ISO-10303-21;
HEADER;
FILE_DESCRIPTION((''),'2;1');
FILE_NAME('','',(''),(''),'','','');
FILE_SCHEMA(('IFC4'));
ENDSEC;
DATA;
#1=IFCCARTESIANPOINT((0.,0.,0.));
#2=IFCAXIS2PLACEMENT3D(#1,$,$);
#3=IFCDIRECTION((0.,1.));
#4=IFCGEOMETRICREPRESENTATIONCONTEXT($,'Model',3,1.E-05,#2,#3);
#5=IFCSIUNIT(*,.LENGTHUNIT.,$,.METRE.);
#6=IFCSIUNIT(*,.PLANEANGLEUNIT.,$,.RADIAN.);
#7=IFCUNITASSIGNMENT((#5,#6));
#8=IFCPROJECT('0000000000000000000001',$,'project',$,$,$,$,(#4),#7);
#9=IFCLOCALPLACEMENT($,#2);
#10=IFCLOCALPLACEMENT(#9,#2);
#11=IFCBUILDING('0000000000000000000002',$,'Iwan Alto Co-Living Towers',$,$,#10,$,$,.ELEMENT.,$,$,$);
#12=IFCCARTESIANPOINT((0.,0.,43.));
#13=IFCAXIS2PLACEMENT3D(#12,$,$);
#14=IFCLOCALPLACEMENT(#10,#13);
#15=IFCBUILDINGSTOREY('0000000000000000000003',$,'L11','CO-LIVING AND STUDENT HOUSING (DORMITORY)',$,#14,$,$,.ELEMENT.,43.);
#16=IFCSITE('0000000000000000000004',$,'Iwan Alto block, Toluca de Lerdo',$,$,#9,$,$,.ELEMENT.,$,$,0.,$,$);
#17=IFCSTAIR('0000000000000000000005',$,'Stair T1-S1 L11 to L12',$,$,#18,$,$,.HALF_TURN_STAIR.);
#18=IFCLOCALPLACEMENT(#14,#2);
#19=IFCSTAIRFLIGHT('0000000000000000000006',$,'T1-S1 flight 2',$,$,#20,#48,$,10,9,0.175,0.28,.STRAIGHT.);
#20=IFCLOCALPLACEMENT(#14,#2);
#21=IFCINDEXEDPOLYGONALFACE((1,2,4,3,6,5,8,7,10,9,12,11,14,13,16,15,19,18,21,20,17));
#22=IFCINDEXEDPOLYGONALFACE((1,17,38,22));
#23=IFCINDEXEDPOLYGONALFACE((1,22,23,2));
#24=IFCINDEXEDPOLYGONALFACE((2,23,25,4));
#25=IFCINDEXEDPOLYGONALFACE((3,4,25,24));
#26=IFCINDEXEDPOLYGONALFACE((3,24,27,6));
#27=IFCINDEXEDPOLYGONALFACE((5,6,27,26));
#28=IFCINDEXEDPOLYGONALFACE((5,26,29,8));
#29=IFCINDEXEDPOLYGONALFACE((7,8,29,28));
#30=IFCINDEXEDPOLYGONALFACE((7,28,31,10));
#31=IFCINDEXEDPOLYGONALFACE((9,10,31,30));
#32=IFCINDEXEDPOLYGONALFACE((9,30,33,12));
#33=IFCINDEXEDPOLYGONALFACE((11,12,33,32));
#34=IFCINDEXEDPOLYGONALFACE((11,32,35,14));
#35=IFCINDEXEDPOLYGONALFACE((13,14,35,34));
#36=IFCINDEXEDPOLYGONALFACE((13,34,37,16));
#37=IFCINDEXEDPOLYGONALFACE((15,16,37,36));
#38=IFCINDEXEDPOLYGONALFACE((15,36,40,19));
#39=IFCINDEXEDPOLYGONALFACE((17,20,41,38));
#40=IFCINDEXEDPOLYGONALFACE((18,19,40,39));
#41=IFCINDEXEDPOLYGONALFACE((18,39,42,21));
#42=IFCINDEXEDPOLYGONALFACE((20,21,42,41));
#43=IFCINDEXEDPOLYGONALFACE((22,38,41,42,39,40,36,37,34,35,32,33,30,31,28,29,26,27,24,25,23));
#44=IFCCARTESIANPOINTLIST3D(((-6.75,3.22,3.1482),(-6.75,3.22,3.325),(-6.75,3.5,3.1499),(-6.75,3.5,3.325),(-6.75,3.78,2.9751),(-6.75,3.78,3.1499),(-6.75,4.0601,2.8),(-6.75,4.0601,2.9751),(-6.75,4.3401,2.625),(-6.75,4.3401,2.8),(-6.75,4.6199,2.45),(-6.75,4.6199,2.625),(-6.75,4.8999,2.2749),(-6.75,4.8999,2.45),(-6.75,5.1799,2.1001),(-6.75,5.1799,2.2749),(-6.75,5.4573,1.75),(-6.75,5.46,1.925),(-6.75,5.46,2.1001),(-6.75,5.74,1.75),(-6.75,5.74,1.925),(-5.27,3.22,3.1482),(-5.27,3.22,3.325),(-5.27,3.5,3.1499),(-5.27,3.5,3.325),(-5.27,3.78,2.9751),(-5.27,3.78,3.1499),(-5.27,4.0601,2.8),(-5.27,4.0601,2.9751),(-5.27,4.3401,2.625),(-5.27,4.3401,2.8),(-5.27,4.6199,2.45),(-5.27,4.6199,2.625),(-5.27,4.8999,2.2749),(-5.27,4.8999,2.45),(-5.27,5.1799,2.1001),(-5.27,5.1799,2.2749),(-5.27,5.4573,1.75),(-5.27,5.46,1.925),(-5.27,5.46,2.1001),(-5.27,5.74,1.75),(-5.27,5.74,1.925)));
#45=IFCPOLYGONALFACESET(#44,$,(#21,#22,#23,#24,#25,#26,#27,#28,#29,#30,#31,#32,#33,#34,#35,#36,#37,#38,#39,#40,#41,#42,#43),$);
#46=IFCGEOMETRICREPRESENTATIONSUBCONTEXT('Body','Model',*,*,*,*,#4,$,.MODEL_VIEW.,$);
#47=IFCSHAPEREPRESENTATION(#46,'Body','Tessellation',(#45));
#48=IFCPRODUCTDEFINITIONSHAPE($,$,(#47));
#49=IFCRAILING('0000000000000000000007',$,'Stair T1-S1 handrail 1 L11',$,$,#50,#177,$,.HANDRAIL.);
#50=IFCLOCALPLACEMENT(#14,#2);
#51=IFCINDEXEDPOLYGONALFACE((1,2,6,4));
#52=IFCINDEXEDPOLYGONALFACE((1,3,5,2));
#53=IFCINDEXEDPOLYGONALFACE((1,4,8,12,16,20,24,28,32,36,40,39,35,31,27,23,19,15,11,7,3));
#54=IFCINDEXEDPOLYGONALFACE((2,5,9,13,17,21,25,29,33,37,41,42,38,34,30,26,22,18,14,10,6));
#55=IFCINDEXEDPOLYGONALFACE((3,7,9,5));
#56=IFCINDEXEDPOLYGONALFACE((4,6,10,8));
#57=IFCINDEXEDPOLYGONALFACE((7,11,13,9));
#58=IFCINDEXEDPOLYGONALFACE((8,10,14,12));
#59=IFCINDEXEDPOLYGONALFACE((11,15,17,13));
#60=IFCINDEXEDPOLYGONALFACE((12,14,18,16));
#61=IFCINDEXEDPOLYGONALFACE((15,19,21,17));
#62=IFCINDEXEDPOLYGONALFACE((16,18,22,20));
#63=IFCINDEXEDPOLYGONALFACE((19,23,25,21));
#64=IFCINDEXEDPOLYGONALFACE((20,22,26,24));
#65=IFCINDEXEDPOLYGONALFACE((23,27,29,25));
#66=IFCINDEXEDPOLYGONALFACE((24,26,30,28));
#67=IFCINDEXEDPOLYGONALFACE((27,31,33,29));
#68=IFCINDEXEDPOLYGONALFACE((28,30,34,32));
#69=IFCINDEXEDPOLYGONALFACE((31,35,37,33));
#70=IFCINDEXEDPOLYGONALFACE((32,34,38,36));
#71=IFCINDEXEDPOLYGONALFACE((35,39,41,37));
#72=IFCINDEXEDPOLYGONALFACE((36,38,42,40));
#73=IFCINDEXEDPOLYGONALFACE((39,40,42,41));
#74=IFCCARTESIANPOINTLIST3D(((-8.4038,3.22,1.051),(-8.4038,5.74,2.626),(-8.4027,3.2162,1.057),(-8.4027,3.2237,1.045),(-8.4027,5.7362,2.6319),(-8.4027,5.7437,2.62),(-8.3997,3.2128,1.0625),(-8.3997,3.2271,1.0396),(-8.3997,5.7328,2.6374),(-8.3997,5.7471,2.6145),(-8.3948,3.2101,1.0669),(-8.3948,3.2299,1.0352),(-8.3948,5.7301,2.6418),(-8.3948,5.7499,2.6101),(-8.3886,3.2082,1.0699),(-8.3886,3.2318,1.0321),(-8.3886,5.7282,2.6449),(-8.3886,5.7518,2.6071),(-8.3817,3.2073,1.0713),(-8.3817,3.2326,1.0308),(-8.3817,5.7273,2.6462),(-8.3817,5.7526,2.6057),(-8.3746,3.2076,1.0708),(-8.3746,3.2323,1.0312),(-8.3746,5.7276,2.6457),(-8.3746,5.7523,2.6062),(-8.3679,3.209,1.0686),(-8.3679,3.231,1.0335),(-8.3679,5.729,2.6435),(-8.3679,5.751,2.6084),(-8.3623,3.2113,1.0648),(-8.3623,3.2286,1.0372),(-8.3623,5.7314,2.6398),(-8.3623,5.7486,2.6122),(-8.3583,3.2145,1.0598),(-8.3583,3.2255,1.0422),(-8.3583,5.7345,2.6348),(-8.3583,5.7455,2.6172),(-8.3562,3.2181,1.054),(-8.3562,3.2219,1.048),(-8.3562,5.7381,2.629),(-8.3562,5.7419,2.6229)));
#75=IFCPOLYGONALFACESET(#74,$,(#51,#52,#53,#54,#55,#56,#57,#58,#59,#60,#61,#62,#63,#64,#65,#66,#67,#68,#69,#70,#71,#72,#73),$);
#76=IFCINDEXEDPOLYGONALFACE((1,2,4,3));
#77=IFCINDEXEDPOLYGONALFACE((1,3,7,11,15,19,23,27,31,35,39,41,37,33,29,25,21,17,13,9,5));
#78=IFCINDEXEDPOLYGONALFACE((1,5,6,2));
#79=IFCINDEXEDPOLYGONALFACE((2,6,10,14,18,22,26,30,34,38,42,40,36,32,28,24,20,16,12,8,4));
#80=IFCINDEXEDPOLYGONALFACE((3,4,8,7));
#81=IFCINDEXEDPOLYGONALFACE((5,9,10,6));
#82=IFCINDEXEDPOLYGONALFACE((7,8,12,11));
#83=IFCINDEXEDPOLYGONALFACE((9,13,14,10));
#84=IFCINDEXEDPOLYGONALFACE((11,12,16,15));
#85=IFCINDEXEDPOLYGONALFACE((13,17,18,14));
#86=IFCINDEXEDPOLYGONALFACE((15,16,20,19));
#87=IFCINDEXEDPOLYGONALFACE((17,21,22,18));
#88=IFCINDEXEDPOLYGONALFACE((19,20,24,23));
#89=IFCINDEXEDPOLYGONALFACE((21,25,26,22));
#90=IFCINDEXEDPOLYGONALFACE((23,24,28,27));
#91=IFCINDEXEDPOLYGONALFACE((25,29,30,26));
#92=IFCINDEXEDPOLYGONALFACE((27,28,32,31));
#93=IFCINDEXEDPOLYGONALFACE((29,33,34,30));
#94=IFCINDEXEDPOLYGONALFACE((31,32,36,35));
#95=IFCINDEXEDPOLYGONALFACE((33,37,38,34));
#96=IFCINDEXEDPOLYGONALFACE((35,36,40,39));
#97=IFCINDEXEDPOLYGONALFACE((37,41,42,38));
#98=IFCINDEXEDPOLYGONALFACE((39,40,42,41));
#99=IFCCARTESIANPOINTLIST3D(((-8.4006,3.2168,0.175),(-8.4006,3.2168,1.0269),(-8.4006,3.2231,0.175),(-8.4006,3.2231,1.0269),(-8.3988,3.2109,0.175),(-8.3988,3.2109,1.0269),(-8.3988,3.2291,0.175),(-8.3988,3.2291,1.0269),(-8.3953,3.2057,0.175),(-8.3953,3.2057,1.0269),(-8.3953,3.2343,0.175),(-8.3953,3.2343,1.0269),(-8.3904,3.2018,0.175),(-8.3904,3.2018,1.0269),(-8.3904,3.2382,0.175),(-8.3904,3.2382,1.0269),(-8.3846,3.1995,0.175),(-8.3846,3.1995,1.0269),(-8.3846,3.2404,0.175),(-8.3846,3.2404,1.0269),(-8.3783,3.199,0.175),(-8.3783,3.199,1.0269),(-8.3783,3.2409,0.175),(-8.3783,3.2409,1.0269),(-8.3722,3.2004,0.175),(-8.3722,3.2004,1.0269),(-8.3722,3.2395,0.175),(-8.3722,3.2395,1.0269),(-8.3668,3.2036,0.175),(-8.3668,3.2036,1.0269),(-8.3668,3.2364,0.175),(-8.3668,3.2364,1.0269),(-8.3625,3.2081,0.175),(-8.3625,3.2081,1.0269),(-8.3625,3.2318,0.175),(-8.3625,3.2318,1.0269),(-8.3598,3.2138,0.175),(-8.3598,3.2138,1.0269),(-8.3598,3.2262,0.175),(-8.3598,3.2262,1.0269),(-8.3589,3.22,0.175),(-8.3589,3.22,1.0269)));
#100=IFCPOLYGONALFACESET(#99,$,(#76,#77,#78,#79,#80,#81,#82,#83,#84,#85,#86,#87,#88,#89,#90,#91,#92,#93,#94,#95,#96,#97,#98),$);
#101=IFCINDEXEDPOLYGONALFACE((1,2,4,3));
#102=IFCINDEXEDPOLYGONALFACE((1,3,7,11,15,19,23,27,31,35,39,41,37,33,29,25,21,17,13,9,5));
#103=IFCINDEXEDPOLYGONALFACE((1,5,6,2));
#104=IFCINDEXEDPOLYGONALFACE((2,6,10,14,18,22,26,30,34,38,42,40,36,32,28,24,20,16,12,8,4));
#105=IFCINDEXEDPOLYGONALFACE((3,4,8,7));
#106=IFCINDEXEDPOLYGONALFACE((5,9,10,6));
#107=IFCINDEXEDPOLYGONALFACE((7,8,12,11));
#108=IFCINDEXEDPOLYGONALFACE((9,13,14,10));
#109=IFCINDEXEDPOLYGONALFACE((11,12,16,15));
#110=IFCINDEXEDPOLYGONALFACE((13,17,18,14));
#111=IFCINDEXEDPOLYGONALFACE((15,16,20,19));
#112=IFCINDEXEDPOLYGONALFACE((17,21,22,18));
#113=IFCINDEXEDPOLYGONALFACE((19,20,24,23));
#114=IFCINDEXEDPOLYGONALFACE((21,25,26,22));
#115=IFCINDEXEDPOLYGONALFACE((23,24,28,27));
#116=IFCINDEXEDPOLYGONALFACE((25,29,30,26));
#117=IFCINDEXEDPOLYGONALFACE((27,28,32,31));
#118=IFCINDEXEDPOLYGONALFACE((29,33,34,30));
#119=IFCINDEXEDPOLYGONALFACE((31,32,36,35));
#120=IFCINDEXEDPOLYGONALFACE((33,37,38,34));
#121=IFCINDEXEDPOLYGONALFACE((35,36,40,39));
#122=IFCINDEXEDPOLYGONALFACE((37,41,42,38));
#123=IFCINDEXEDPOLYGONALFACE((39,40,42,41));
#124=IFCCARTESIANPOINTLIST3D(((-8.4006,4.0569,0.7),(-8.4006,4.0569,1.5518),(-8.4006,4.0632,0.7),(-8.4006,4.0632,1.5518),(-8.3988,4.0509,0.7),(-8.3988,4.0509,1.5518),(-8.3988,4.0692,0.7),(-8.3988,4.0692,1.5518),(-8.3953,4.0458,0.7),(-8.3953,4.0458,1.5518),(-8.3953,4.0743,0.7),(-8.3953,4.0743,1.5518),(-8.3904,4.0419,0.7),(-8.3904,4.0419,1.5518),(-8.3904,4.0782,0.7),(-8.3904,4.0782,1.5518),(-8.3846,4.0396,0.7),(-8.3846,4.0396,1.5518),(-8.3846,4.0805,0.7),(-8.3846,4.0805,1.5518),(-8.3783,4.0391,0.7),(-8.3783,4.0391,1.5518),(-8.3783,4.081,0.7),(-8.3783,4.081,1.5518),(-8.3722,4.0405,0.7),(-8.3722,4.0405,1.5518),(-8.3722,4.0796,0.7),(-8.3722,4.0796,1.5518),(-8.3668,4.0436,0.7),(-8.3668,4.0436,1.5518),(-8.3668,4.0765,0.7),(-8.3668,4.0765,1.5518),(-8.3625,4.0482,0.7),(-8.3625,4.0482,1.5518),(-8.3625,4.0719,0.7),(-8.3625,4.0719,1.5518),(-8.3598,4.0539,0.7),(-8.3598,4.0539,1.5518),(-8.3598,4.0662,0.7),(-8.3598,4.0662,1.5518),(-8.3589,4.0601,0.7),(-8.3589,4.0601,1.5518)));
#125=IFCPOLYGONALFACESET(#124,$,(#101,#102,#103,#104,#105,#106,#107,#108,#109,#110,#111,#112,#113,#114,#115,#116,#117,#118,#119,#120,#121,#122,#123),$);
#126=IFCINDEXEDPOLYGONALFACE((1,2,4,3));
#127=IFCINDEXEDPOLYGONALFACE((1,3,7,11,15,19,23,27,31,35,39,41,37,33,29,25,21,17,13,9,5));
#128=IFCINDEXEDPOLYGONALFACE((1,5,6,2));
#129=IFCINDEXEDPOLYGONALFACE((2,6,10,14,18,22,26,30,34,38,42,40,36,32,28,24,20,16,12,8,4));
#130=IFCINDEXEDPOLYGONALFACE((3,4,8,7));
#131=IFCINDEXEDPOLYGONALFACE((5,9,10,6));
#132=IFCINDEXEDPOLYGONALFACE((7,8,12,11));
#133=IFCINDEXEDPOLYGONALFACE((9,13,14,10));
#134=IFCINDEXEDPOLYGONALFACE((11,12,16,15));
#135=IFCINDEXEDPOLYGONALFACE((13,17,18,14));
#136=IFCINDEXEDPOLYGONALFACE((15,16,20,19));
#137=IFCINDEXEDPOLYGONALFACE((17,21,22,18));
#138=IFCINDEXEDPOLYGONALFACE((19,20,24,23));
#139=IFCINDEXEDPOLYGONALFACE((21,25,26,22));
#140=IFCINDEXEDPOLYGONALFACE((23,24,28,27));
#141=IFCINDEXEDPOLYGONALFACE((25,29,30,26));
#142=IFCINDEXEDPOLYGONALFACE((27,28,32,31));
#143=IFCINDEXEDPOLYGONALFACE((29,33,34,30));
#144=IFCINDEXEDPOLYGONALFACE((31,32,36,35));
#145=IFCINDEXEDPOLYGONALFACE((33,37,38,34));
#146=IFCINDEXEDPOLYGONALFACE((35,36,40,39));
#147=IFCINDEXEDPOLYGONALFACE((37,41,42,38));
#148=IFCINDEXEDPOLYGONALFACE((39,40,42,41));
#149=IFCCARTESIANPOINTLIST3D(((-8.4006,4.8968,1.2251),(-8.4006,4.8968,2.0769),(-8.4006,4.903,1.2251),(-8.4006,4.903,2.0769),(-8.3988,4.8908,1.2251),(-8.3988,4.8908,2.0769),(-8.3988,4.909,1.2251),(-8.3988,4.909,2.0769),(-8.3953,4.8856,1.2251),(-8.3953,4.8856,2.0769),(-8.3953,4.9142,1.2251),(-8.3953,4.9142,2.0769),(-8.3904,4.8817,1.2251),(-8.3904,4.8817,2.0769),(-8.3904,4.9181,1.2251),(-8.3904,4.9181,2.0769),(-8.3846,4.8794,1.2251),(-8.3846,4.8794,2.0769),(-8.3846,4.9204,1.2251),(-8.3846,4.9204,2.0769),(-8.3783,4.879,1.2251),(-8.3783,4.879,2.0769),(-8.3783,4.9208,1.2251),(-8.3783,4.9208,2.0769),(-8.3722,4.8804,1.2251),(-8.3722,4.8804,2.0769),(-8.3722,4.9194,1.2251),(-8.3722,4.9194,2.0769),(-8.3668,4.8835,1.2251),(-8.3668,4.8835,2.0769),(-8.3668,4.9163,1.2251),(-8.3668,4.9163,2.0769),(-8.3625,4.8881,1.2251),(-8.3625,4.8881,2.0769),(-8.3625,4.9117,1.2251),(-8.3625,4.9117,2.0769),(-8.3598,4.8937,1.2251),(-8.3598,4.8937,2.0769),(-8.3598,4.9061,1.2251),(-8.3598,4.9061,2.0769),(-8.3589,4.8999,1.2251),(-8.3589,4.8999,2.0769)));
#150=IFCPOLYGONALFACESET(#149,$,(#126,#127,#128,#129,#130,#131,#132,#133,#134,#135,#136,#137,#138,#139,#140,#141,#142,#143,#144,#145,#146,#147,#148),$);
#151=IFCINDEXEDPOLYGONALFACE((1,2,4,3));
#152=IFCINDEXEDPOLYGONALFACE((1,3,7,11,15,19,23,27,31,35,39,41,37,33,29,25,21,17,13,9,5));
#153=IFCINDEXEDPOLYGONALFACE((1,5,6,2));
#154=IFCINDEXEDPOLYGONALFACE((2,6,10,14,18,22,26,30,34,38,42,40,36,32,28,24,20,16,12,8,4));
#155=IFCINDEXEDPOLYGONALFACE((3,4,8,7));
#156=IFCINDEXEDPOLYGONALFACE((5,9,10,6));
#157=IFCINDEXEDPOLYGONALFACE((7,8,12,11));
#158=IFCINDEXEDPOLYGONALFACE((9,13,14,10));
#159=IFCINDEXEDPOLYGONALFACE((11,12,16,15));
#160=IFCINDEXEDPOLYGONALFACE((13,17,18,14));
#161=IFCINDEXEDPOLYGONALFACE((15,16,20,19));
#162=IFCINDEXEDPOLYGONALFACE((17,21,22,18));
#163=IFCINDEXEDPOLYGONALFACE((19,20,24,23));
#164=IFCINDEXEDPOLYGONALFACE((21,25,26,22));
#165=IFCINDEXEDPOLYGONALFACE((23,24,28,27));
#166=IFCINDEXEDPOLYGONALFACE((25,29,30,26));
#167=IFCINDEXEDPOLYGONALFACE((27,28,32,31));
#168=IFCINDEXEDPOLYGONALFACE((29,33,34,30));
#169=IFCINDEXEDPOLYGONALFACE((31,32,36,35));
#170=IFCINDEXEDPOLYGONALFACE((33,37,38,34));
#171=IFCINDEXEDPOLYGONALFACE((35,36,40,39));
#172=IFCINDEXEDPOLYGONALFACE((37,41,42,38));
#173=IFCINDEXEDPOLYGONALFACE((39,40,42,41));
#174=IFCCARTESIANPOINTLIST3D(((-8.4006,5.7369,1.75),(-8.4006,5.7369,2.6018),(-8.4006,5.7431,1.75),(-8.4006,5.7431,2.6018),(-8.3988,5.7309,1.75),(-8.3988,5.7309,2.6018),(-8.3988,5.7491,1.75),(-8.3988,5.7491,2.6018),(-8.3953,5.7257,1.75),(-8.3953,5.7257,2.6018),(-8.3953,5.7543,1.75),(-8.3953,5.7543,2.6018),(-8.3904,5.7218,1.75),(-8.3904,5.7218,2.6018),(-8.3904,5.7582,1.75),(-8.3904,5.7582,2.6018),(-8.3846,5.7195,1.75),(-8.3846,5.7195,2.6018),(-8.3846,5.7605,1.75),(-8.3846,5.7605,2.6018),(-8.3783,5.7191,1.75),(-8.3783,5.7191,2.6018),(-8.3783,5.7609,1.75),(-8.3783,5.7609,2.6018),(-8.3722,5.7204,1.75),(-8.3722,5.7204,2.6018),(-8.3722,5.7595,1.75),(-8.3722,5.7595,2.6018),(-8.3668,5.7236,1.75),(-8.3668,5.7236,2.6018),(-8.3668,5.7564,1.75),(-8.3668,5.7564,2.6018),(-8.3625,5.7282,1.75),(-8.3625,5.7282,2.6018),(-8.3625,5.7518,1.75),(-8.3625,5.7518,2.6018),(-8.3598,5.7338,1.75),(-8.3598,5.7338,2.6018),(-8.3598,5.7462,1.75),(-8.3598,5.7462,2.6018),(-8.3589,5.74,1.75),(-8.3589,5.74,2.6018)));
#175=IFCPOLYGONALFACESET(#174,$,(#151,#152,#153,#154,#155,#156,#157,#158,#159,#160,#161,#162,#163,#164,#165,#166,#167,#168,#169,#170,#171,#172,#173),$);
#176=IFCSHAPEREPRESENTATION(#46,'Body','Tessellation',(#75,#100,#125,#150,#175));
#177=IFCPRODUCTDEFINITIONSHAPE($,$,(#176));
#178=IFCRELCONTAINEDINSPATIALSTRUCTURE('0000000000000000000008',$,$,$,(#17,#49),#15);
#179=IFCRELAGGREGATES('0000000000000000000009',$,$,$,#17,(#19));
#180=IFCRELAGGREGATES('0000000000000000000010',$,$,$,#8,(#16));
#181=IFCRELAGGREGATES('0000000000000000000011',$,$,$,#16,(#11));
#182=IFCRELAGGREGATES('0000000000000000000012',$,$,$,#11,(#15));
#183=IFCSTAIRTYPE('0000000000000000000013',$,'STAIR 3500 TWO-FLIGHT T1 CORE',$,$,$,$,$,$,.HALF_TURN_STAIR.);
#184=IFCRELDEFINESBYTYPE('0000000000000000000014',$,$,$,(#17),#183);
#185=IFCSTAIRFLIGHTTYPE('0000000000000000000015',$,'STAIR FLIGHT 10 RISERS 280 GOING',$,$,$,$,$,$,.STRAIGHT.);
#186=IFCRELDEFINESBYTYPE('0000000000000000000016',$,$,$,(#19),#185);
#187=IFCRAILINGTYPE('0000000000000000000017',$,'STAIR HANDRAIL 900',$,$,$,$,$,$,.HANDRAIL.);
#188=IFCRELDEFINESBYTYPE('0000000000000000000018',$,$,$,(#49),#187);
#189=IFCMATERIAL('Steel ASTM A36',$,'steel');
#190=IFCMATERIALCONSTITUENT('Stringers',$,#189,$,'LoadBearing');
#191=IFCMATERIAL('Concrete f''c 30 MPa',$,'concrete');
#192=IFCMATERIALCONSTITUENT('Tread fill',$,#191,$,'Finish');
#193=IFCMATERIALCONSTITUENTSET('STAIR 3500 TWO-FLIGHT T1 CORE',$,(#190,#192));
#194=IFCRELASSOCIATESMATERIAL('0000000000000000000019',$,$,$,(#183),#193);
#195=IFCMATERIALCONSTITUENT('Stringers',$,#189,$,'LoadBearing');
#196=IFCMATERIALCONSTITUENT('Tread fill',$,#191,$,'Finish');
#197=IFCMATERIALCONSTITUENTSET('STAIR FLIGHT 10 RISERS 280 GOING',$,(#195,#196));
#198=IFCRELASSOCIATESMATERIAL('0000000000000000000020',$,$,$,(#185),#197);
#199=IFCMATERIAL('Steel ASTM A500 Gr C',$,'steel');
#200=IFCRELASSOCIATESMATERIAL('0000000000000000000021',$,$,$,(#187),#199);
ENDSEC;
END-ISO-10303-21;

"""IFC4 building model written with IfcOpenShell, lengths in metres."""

from ifc_helpers import new_model, si_unit, direction, frame, origin, origin_2d, place, context, subcontext, project, spatial, polyline, circle, outline, extrude, material, constituent, constituent_set, type_object, element, aggregate, save


model = new_model("IFC4")

# Units and contexts
model_context = context("Model", 3, precision=1e-05, world=origin(), true_north=direction((0.0, 1.0)))
body_context = subcontext(model_context, "Body", "Model", "MODEL_VIEW")
ifc_project = project(units=[si_unit("LENGTHUNIT", "METRE"), si_unit("PLANEANGLEUNIT", "RADIAN")], contexts=[model_context])

# Site, building, storey
site_placement = place(None, origin())
site = spatial("IfcSite", under=ifc_project, at=site_placement, Name="Iwan Alto block, Toluca de Lerdo", CompositionType="ELEMENT", RefElevation=0.0)
building_placement = place(site_placement, origin())
building = spatial("IfcBuilding", under=site, at=building_placement, Name="Iwan Alto Co-Living Towers", CompositionType="ELEMENT")
storey_placement = place(building_placement, frame((0.0, 0.0, 43.0)))
storey = spatial("IfcBuildingStorey", under=building, at=storey_placement, Name="L11", Description="CO-LIVING AND STUDENT HOUSING (DORMITORY)", CompositionType="ELEMENT", Elevation=43.0)

# Stair, stair flight
ifc_material_1 = material(Name="Steel ASTM A36", Category="steel")
ifc_constituent_1 = constituent(ifc_material_1, Name="Stringers", Category="LoadBearing")
ifc_material_2 = material(Name="Concrete f'c 30 MPa", Category="concrete")
ifc_constituent_2 = constituent(ifc_material_2, Name="Tread fill", Category="Finish")
ifc_constituent_set_1 = constituent_set(constituents=[ifc_constituent_1, ifc_constituent_2], Name="STAIR 3500 TWO-FLIGHT T1 CORE")
stair_type = type_object("IfcStairType", Name="STAIR 3500 TWO-FLIGHT T1 CORE", PredefinedType="HALF_TURN_STAIR", material=ifc_constituent_set_1)
stair_placement = place(storey_placement, origin())
stair = element("IfcStair", 1, at=stair_placement, inside=storey, type_object=stair_type, Name="Stair T1-S1 L11 to L12", PredefinedType="HALF_TURN_STAIR")
ifc_constituent_3 = constituent(ifc_material_1, Name="Stringers", Category="LoadBearing")
ifc_constituent_4 = constituent(ifc_material_2, Name="Tread fill", Category="Finish")
ifc_constituent_set_2 = constituent_set(constituents=[ifc_constituent_3, ifc_constituent_4], Name="STAIR FLIGHT 10 RISERS 280 GOING")
stair_flight_type = type_object("IfcStairFlightType", Name="STAIR FLIGHT 10 RISERS 280 GOING", PredefinedType="STRAIGHT", material=ifc_constituent_set_2)
stair_flight_1_placement = place(storey_placement, frame((-6.01, 5.74, 1.75), z_axis=(0.0, 0.0, 1.0), x_axis=(0.0, -1.0, 0.0)))
stair_flight_1 = element("IfcStairFlight", 2, at=stair_flight_1_placement, type_object=stair_flight_type, Name="T1-S1 flight 2", NumberOfRisers=10, NumberOfTreads=9, PredefinedType="STRAIGHT", RiserHeight=0.175, TreadLength=0.28, context=body_context, shape_type="SweptSolid", body=[
    extrude(outline(polyline([(0.0, 0.0), (0.0, 0.175), (0.28, 0.175), (0.28, 0.3501), (0.5601, 0.3501), (0.5601, 0.5249), (0.8401, 0.5249), (0.8401, 0.7), (1.1201, 0.7), (1.1201, 0.875), (1.3999, 0.875), (1.3999, 1.05), (1.6799, 1.05), (1.6799, 1.2251), (1.96, 1.2251), (1.96, 1.3999), (2.24, 1.3999), (2.24, 1.575), (2.52, 1.575), (2.52, 1.75), (2.52, 1.3982), (0.2827, 0.0), (0.0, 0.0)])), frame((0.0, 0.74, 0.0), z_axis=(0.0, -1.0, 0.0), x_axis=(1.0, 0.0, 0.0)), (0.0, 0.0, 1.0), 1.48),
])
aggregate(stair, [stair_flight_1])

# Railing
ifc_material_3 = material(Name="Steel ASTM A500 Gr C", Category="steel")
railing_type_1 = type_object("IfcRailingType", Name="STAIR HANDRAIL 900", PredefinedType="HANDRAIL", material=ifc_material_3)
railing_1_placement = place(storey_placement, frame((-8.3799, 3.22, 0.175)))
element("IfcRailing", 3, at=railing_1_placement, inside=storey, type_object=railing_type_1, Name="Stair T1-S1 handrail 1 L11", PredefinedType="HANDRAIL", context=body_context, shape_type="SweptSolid", body=[
    extrude(circle(Radius=0.0239, at=origin_2d()), frame((0.0, 0.0, 0.876), z_axis=(0.0, 0.848008, 0.529984), x_axis=(-1.0, 0.0, 0.0)), (0.0, 0.0, 1.0), 2.9717),
    extrude(circle(Radius=0.021, at=origin_2d()), origin(), (0.0, 0.0, 1.0), 0.8518),
    extrude(circle(Radius=0.021, at=origin_2d()), frame((0.0, 0.8401, 0.5249)), (0.0, 0.0, 1.0), 0.8518),
    extrude(circle(Radius=0.021, at=origin_2d()), frame((0.0, 1.6799, 1.05)), (0.0, 0.0, 1.0), 0.8518),
    extrude(circle(Radius=0.021, at=origin_2d()), frame((0.0, 2.52, 1.575)), (0.0, 0.0, 1.0), 0.8518),
])

save(model, "model.ifc")
